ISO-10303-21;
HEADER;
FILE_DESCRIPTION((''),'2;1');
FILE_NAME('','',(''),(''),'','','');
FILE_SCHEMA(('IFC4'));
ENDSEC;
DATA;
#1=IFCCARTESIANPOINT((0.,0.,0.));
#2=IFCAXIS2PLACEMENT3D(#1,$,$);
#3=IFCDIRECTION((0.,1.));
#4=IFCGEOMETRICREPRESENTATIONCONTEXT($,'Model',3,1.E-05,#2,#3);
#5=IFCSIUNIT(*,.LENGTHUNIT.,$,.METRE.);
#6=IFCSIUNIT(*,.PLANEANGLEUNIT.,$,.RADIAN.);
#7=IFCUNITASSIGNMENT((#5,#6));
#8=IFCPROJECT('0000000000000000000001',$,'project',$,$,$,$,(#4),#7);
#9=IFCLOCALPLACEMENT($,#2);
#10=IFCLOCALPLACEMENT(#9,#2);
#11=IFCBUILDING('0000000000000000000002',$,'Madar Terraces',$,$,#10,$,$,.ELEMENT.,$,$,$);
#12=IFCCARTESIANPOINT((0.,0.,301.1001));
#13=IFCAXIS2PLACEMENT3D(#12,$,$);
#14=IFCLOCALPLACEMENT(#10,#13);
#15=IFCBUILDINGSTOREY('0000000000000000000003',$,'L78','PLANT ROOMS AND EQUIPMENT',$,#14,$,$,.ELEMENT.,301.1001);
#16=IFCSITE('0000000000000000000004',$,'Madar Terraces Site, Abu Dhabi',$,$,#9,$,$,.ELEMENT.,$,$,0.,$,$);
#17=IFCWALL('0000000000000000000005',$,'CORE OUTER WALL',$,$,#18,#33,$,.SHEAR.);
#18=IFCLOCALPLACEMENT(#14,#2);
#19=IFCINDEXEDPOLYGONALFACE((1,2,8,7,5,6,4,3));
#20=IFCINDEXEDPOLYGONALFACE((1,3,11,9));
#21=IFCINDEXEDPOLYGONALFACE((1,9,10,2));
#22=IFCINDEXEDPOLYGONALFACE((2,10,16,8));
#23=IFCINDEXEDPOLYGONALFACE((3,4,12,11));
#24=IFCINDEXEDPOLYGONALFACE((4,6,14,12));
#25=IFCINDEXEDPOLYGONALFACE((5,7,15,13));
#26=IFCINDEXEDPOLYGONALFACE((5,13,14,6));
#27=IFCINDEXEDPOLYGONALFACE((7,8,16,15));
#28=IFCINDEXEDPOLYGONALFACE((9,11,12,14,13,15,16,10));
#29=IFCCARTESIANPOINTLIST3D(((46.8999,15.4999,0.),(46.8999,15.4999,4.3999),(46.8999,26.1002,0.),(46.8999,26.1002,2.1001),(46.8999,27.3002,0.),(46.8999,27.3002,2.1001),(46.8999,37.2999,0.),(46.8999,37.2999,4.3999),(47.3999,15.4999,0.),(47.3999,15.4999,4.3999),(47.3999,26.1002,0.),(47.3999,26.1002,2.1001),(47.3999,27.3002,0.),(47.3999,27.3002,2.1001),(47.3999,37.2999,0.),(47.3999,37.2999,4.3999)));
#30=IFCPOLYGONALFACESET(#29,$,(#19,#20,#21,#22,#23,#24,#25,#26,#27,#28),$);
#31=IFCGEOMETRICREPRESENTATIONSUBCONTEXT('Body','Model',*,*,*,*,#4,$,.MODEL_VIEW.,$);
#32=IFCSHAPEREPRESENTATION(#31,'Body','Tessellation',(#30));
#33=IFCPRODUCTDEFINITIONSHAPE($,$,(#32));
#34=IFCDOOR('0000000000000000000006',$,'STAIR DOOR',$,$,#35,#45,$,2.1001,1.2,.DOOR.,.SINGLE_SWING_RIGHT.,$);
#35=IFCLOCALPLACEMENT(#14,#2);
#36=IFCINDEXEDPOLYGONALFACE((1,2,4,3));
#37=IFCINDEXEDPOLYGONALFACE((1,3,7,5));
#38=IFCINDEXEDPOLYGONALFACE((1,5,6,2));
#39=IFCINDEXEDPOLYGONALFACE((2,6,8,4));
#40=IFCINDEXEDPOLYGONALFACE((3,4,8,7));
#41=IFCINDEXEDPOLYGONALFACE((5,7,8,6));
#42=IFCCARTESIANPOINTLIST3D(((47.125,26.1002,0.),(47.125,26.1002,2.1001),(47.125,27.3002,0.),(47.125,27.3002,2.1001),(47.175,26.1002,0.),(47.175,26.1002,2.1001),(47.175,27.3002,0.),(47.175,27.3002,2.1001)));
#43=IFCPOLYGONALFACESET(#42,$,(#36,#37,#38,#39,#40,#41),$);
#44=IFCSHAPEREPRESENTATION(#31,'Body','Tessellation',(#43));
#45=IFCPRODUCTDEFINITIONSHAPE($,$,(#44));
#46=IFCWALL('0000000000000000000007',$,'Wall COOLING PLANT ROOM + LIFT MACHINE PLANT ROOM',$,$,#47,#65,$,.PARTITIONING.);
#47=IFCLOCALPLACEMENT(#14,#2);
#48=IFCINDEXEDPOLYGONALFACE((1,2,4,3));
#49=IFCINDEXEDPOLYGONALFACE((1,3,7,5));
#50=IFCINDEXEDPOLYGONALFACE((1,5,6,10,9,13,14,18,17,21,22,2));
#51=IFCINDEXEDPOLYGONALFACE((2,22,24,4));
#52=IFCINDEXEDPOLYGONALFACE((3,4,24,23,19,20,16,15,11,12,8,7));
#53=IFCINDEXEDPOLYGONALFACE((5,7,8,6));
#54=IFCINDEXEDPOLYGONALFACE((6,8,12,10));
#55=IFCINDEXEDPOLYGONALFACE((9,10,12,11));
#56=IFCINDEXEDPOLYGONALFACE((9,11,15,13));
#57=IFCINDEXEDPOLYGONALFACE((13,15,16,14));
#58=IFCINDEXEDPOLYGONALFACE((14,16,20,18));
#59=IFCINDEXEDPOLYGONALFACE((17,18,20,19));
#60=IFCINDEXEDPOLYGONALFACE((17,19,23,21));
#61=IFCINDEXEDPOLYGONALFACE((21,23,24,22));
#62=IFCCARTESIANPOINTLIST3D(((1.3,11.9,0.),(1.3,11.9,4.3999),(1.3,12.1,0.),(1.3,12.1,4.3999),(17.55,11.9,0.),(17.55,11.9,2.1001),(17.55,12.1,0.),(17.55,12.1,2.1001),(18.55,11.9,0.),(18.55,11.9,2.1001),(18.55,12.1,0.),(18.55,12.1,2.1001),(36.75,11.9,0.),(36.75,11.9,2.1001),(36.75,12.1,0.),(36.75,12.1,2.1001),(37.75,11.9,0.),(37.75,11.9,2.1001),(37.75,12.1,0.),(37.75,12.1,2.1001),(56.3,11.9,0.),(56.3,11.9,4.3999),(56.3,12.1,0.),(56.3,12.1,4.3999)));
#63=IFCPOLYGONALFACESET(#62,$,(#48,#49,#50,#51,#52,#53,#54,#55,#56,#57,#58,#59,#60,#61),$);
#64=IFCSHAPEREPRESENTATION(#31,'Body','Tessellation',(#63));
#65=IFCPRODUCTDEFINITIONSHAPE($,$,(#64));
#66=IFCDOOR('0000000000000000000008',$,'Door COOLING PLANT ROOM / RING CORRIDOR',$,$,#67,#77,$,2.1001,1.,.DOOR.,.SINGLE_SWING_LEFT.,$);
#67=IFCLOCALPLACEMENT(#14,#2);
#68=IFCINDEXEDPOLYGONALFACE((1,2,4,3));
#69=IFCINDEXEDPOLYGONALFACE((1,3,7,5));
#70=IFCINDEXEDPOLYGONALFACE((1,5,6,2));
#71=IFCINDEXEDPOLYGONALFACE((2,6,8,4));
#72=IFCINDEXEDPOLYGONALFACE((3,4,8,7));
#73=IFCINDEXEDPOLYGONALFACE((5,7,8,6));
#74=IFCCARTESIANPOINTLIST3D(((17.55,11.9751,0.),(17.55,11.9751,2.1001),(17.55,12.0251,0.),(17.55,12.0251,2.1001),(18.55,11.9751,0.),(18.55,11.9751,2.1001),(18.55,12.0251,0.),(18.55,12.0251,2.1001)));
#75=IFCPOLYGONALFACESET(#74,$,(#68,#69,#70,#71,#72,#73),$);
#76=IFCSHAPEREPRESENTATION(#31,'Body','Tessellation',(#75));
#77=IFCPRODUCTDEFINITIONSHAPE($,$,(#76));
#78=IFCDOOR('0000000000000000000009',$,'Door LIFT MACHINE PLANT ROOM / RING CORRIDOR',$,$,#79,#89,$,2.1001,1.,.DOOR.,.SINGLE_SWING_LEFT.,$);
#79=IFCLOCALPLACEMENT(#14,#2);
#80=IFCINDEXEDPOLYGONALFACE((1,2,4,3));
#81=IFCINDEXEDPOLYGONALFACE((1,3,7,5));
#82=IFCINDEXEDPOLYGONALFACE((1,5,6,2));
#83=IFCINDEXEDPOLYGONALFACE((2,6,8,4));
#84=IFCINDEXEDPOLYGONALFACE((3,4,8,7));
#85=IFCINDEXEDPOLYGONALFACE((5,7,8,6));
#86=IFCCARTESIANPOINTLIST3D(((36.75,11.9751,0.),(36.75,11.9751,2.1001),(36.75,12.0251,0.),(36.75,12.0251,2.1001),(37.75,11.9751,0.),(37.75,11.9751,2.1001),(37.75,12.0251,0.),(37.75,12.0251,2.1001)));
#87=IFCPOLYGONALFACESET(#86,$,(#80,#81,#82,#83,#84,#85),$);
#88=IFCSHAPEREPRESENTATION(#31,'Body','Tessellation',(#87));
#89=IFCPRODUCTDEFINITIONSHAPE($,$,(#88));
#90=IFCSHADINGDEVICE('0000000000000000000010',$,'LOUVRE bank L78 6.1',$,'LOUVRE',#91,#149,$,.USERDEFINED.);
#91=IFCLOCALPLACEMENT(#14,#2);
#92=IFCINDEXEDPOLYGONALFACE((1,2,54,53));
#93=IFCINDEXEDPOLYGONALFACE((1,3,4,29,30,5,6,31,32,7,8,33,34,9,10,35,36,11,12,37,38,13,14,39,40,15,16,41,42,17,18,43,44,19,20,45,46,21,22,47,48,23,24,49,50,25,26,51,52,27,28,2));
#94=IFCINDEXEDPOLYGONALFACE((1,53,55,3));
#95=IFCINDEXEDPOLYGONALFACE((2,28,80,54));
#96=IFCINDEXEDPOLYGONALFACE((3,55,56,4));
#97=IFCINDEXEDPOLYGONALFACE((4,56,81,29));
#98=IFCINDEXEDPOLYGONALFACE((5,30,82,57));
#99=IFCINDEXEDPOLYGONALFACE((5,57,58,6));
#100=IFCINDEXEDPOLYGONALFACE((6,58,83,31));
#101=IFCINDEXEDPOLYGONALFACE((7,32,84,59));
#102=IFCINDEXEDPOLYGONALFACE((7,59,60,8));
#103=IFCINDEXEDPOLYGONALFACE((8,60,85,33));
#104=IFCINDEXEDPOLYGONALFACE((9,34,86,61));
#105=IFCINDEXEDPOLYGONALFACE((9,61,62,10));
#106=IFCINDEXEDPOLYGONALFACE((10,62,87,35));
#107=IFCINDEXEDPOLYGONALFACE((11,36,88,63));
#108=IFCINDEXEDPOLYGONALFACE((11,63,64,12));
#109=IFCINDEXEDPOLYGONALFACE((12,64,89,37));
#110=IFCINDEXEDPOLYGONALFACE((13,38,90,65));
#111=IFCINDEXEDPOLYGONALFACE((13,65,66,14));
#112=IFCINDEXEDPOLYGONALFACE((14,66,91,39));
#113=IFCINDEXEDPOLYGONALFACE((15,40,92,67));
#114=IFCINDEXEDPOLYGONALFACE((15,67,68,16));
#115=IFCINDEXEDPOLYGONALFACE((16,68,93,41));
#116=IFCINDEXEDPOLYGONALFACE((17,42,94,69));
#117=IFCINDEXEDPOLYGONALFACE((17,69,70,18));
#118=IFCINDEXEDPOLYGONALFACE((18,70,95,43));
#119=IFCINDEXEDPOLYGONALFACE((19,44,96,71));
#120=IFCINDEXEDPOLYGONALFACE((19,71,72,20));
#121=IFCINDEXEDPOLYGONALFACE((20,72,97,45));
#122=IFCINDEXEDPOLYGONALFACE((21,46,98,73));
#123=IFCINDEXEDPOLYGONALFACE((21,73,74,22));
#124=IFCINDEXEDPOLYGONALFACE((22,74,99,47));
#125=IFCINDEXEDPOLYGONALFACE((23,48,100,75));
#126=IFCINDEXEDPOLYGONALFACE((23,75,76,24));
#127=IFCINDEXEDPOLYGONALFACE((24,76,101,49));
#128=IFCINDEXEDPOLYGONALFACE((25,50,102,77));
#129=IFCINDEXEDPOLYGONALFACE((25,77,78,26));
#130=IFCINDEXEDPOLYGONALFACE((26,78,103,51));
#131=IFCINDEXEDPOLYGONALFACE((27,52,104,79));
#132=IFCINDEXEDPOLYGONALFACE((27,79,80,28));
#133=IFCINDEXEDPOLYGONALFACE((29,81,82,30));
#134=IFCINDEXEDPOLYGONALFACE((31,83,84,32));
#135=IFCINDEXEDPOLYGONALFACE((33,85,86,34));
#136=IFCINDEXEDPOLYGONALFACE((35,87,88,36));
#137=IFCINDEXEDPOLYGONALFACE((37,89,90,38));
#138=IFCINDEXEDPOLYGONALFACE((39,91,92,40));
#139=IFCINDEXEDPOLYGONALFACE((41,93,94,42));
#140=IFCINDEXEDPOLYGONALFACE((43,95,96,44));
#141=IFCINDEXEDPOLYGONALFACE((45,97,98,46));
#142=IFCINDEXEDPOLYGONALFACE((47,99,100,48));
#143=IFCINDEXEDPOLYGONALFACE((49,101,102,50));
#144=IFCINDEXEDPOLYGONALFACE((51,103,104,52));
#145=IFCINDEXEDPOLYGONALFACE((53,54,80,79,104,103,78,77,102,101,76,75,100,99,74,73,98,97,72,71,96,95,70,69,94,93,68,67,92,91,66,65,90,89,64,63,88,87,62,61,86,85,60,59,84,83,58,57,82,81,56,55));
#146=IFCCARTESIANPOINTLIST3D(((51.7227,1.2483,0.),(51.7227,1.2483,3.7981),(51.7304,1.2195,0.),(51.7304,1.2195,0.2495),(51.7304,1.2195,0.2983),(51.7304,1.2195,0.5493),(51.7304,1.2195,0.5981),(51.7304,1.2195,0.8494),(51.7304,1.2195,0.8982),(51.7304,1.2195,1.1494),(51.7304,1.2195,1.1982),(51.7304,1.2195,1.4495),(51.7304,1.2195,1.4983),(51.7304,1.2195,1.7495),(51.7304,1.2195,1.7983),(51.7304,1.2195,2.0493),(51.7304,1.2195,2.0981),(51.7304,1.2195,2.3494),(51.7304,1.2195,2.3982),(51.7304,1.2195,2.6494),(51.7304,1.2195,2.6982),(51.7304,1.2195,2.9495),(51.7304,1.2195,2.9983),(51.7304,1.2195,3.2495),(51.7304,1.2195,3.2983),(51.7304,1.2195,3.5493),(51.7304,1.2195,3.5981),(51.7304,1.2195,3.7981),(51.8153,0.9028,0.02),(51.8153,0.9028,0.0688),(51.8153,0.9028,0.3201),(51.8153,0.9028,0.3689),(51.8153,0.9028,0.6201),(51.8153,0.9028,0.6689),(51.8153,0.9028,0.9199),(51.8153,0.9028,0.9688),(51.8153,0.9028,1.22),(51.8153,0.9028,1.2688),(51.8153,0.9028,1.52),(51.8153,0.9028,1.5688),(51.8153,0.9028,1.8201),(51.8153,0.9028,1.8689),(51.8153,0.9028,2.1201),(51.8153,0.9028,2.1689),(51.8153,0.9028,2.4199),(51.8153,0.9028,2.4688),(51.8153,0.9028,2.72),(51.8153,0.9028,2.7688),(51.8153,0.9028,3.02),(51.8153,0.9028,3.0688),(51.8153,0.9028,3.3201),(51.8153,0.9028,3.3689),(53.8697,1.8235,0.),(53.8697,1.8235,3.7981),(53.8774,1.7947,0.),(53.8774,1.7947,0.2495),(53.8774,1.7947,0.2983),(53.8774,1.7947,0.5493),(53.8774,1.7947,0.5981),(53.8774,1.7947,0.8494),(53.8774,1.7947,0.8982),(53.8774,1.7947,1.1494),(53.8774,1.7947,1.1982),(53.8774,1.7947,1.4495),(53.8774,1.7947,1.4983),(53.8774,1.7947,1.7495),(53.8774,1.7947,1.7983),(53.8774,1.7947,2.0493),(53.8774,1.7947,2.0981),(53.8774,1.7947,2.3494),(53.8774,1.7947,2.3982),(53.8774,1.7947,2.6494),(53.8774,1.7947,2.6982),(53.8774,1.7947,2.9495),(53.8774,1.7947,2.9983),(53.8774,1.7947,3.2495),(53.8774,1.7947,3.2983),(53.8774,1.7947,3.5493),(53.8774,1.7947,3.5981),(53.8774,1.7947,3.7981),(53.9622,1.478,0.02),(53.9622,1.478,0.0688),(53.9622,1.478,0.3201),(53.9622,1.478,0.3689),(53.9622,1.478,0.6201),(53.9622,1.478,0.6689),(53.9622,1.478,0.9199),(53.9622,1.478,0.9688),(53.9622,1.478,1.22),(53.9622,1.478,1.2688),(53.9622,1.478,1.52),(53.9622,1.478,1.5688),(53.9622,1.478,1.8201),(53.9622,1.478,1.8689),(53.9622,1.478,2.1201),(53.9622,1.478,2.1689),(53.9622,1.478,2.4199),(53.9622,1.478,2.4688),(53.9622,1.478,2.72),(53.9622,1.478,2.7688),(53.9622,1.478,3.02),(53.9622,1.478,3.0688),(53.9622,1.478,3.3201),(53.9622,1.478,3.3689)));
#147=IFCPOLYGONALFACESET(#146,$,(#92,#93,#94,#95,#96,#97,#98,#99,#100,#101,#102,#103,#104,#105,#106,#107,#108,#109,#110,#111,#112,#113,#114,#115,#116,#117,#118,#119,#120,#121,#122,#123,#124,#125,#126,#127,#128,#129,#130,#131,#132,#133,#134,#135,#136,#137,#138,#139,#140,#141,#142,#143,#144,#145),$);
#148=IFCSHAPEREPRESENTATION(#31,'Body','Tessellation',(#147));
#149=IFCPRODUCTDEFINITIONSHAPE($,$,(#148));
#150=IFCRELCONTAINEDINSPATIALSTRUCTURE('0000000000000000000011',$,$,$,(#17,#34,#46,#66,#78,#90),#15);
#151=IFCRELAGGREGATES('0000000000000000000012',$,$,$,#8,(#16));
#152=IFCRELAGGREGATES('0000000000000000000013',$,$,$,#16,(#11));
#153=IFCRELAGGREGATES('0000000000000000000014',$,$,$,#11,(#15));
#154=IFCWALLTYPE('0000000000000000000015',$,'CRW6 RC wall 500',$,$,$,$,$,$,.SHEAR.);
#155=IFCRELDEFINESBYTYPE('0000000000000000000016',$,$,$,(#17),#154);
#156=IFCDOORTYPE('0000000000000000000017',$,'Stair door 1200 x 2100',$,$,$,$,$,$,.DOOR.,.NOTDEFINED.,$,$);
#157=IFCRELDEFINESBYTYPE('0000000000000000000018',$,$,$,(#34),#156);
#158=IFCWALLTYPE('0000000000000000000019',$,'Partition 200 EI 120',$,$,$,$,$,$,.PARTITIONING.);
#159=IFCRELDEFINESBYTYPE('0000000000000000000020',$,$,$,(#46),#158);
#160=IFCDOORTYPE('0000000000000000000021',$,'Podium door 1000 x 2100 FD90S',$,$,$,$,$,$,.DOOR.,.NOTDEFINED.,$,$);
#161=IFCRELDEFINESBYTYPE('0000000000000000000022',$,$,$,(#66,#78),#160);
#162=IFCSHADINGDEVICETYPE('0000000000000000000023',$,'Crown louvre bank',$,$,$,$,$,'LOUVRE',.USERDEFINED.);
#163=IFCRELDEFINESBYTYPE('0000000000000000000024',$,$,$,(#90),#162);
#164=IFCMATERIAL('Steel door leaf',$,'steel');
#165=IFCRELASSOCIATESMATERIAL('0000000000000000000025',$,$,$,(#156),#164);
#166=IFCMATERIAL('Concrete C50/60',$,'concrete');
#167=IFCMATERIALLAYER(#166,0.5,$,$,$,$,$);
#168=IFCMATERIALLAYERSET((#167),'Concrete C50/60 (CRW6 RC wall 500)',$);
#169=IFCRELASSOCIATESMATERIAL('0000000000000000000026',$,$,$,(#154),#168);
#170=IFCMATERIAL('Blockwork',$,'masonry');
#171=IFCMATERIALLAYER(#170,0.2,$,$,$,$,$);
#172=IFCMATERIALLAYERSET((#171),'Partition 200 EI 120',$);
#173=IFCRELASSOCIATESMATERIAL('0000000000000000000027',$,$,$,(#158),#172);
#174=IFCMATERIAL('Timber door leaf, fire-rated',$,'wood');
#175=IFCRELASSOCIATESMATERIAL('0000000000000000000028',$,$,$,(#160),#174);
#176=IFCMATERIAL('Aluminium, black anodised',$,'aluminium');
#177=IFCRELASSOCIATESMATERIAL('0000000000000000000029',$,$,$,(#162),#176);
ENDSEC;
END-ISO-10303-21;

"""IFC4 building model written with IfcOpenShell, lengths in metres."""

from ifc_helpers import new_model, si_unit, direction, frame, frame_2d, origin, place, context, subcontext, project, spatial, polyline, rectangle, outline, extrude, material, layer, layer_set, type_object, element, fill, save


model = new_model("IFC4")

# Units and contexts
model_context = context("Model", 3, precision=1e-05, world=origin(), true_north=direction((0.0, 1.0)))
body_context = subcontext(model_context, "Body", "Model", "MODEL_VIEW")
ifc_project = project(units=[si_unit("LENGTHUNIT", "METRE"), si_unit("PLANEANGLEUNIT", "RADIAN")], contexts=[model_context])

# Site, building, storey
site_placement = place(None, origin())
site = spatial("IfcSite", under=ifc_project, at=site_placement, Name="Madar Terraces Site, Abu Dhabi", CompositionType="ELEMENT", RefElevation=0.0)
building_placement = place(site_placement, origin())
building = spatial("IfcBuilding", under=site, at=building_placement, Name="Madar Terraces", CompositionType="ELEMENT")
storey_placement = place(building_placement, frame((0.0, 0.0, 301.1001)))
storey = spatial("IfcBuildingStorey", under=building, at=storey_placement, Name="L78", Description="PLANT ROOMS AND EQUIPMENT", CompositionType="ELEMENT", Elevation=301.1001)

# Wall, opening, door
ifc_material_1 = material(Name="Steel door leaf", Category="steel")
door_type_1 = type_object("IfcDoorType", Name="Stair door 1200 x 2100", OperationType="NOTDEFINED", PredefinedType="DOOR", material=ifc_material_1)
ifc_material_2 = material(Name="Concrete C50/60", Category="concrete")
ifc_layer_1 = layer(ifc_material_2, 0.5)
ifc_layer_set_1 = layer_set([ifc_layer_1], Name="Concrete C50/60 (CRW6 RC wall 500)")
wall_type_1 = type_object("IfcWallType", Name="CRW6 RC wall 500", PredefinedType="SHEAR", material=ifc_layer_set_1)
wall_1_placement = place(storey_placement, frame((47.1499, 15.5, 0.0), z_axis=(0.0, 0.0, 1.0), x_axis=(0.0, 1.0, 0.0)))
wall_1 = element("IfcWall", 1, at=wall_1_placement, inside=storey, type_object=wall_type_1, Name="CORE OUTER WALL", PredefinedType="SHEAR", context=body_context, shape_type="SweptSolid", body=[
    extrude(rectangle(XDim=21.8, YDim=0.5, at=frame_2d((10.8999, 0.0))), origin(), (0.0, 0.0, 1.0), 4.3999),
])
opening_1_placement = place(wall_1_placement, frame((10.6001, 0.0, 0.0)))
opening_1 = element("IfcOpeningElement", 2, at=opening_1_placement, cuts=wall_1, PredefinedType="OPENING", context=body_context, shape_type="SweptSolid", body=[
    extrude(rectangle(XDim=1.2, YDim=2.1001, at=frame_2d((0.6001, 1.05))), frame((0.0, 0.26, 0.0), z_axis=(0.0, -1.0, 0.0), x_axis=(1.0, 0.0, 0.0)), (0.0, 0.0, 1.0), 0.52),
])
door_1_placement = place(opening_1_placement, origin())
door_1 = element("IfcDoor", 3, at=door_1_placement, inside=storey, type_object=door_type_1, Name="STAIR DOOR", OperationType="SINGLE_SWING_RIGHT", OverallHeight=2.1001, OverallWidth=1.2, PredefinedType="DOOR", context=body_context, shape_type="SweptSolid", body=[
    extrude(rectangle(XDim=1.2, YDim=2.1001, at=frame_2d((0.6001, 1.05))), frame((0.0, 0.0249, 0.0), z_axis=(0.0, -1.0, 0.0), x_axis=(1.0, 0.0, 0.0)), (0.0, 0.0, 1.0), 0.05),
])
fill(opening_1, door_1)

# Wall, openings, doors
ifc_material_3 = material(Name="Blockwork", Category="masonry")
ifc_layer_2 = layer(ifc_material_3, 0.2)
ifc_layer_set_2 = layer_set([ifc_layer_2], Name="Partition 200 EI 120")
wall_type_2 = type_object("IfcWallType", Name="Partition 200 EI 120", PredefinedType="PARTITIONING", material=ifc_layer_set_2)
wall_2_placement = place(storey_placement, frame((56.3, 12.0, 0.0), z_axis=(0.0, 0.0, 1.0), x_axis=(-1.0, 0.0, 0.0)))
wall_2 = element("IfcWall", 4, at=wall_2_placement, inside=storey, type_object=wall_type_2, Name="Wall COOLING PLANT ROOM + LIFT MACHINE PLANT ROOM", PredefinedType="PARTITIONING", context=body_context, shape_type="SweptSolid", body=[
    extrude(rectangle(XDim=55.0, YDim=0.2, at=frame_2d((27.5, 0.0))), origin(), (0.0, 0.0, 1.0), 4.3999),
])
opening_2_placement = place(wall_2_placement, frame((37.75, 0.0, 0.0)))
opening_2 = element("IfcOpeningElement", 5, at=opening_2_placement, cuts=wall_2, PredefinedType="OPENING", context=body_context, shape_type="SweptSolid", body=[
    extrude(rectangle(XDim=1.0, YDim=2.1001, at=frame_2d((0.5, 1.05))), frame((0.0, 0.1099, 0.0), z_axis=(0.0, -1.0, 0.0), x_axis=(1.0, 0.0, 0.0)), (0.0, 0.0, 1.0), 0.22),
])
opening_3_placement = place(wall_2_placement, frame((18.55, 0.0, 0.0)))
opening_3 = element("IfcOpeningElement", 6, at=opening_3_placement, cuts=wall_2, PredefinedType="OPENING", context=body_context, shape_type="SweptSolid", body=[
    extrude(rectangle(XDim=1.0, YDim=2.1001, at=frame_2d((0.5, 1.05))), frame((0.0, 0.1099, 0.0), z_axis=(0.0, -1.0, 0.0), x_axis=(1.0, 0.0, 0.0)), (0.0, 0.0, 1.0), 0.22),
])
ifc_material_4 = material(Name="Timber door leaf, fire-rated", Category="wood")
door_type_2 = type_object("IfcDoorType", Name="Podium door 1000 x 2100 FD90S", OperationType="NOTDEFINED", PredefinedType="DOOR", material=ifc_material_4)
door_2_placement = place(opening_2_placement, origin())
door_2 = element("IfcDoor", 7, at=door_2_placement, inside=storey, type_object=door_type_2, Name="Door COOLING PLANT ROOM / RING CORRIDOR", OperationType="SINGLE_SWING_LEFT", OverallHeight=2.1001, OverallWidth=1.0, PredefinedType="DOOR", context=body_context, shape_type="SweptSolid", body=[
    extrude(rectangle(XDim=1.0, YDim=2.1001, at=frame_2d((0.5, 1.05))), frame((0.0, 0.0249, 0.0), z_axis=(0.0, -1.0, 0.0), x_axis=(1.0, 0.0, 0.0)), (0.0, 0.0, 1.0), 0.05),
])
fill(opening_2, door_2)
door_3_placement = place(opening_3_placement, origin())
door_3 = element("IfcDoor", 8, at=door_3_placement, inside=storey, type_object=door_type_2, Name="Door LIFT MACHINE PLANT ROOM / RING CORRIDOR", OperationType="SINGLE_SWING_LEFT", OverallHeight=2.1001, OverallWidth=1.0, PredefinedType="DOOR", context=body_context, shape_type="SweptSolid", body=[
    extrude(rectangle(XDim=1.0, YDim=2.1001, at=frame_2d((0.5, 1.05))), frame((0.0, 0.0249, 0.0), z_axis=(0.0, -1.0, 0.0), x_axis=(1.0, 0.0, 0.0)), (0.0, 0.0, 1.0), 0.05),
])
fill(opening_3, door_3)

# Shading device
ifc_material_5 = material(Name="Aluminium, black anodised", Category="aluminium")
shading_device_type = type_object("IfcShadingDeviceType", Name="Crown louvre bank", ElementType="LOUVRE", PredefinedType="USERDEFINED", material=ifc_material_5)
shading_device_1_placement = place(storey_placement, frame((51.7266, 1.2339, 0.0), z_axis=(0.965935, 0.258784, 0.0), x_axis=(-0.258784, 0.965935, 0.0)))
element("IfcShadingDevice", 9, at=shading_device_1_placement, inside=storey, type_object=shading_device_type, Name="LOUVRE bank L78 6.1", ObjectType="LOUVRE", PredefinedType="USERDEFINED", context=body_context, shape_type="SweptSolid", body=[
    extrude(outline(polyline([(0.0149, 0.0), (-0.0149, 0.0), (-0.0149, 0.2495), (-0.3428, 0.02), (-0.3428, 0.0688), (-0.0149, 0.2983), (-0.0149, 0.5493), (-0.3428, 0.3201), (-0.3428, 0.3689), (-0.0149, 0.5981), (-0.0149, 0.8494), (-0.3428, 0.6201), (-0.3428, 0.6689), (-0.0149, 0.8982), (-0.0149, 1.1494), (-0.3428, 0.9199), (-0.3428, 0.9688), (-0.0149, 1.1982), (-0.0149, 1.4495), (-0.3428, 1.22), (-0.3428, 1.2688), (-0.0149, 1.4983), (-0.0149, 1.7495), (-0.3428, 1.52), (-0.3428, 1.5688), (-0.0149, 1.7983), (-0.0149, 2.0493), (-0.3428, 1.8201), (-0.3428, 1.8689), (-0.0149, 2.0981), (-0.0149, 2.3494), (-0.3428, 2.1201), (-0.3428, 2.1689), (-0.0149, 2.3982), (-0.0149, 2.6494), (-0.3428, 2.4199), (-0.3428, 2.4688), (-0.0149, 2.6982), (-0.0149, 2.9495), (-0.3428, 2.72), (-0.3428, 2.7688), (-0.0149, 2.9983), (-0.0149, 3.2495), (-0.3428, 3.02), (-0.3428, 3.0688), (-0.0149, 3.2983), (-0.0149, 3.5493), (-0.3428, 3.3201), (-0.3428, 3.3689), (-0.0149, 3.5981), (-0.0149, 3.7981), (0.0149, 3.7981), (0.0149, 0.0)])), origin(), (0.0, 0.0, 1.0), 2.2227),
])

save(model, "model.ifc")
